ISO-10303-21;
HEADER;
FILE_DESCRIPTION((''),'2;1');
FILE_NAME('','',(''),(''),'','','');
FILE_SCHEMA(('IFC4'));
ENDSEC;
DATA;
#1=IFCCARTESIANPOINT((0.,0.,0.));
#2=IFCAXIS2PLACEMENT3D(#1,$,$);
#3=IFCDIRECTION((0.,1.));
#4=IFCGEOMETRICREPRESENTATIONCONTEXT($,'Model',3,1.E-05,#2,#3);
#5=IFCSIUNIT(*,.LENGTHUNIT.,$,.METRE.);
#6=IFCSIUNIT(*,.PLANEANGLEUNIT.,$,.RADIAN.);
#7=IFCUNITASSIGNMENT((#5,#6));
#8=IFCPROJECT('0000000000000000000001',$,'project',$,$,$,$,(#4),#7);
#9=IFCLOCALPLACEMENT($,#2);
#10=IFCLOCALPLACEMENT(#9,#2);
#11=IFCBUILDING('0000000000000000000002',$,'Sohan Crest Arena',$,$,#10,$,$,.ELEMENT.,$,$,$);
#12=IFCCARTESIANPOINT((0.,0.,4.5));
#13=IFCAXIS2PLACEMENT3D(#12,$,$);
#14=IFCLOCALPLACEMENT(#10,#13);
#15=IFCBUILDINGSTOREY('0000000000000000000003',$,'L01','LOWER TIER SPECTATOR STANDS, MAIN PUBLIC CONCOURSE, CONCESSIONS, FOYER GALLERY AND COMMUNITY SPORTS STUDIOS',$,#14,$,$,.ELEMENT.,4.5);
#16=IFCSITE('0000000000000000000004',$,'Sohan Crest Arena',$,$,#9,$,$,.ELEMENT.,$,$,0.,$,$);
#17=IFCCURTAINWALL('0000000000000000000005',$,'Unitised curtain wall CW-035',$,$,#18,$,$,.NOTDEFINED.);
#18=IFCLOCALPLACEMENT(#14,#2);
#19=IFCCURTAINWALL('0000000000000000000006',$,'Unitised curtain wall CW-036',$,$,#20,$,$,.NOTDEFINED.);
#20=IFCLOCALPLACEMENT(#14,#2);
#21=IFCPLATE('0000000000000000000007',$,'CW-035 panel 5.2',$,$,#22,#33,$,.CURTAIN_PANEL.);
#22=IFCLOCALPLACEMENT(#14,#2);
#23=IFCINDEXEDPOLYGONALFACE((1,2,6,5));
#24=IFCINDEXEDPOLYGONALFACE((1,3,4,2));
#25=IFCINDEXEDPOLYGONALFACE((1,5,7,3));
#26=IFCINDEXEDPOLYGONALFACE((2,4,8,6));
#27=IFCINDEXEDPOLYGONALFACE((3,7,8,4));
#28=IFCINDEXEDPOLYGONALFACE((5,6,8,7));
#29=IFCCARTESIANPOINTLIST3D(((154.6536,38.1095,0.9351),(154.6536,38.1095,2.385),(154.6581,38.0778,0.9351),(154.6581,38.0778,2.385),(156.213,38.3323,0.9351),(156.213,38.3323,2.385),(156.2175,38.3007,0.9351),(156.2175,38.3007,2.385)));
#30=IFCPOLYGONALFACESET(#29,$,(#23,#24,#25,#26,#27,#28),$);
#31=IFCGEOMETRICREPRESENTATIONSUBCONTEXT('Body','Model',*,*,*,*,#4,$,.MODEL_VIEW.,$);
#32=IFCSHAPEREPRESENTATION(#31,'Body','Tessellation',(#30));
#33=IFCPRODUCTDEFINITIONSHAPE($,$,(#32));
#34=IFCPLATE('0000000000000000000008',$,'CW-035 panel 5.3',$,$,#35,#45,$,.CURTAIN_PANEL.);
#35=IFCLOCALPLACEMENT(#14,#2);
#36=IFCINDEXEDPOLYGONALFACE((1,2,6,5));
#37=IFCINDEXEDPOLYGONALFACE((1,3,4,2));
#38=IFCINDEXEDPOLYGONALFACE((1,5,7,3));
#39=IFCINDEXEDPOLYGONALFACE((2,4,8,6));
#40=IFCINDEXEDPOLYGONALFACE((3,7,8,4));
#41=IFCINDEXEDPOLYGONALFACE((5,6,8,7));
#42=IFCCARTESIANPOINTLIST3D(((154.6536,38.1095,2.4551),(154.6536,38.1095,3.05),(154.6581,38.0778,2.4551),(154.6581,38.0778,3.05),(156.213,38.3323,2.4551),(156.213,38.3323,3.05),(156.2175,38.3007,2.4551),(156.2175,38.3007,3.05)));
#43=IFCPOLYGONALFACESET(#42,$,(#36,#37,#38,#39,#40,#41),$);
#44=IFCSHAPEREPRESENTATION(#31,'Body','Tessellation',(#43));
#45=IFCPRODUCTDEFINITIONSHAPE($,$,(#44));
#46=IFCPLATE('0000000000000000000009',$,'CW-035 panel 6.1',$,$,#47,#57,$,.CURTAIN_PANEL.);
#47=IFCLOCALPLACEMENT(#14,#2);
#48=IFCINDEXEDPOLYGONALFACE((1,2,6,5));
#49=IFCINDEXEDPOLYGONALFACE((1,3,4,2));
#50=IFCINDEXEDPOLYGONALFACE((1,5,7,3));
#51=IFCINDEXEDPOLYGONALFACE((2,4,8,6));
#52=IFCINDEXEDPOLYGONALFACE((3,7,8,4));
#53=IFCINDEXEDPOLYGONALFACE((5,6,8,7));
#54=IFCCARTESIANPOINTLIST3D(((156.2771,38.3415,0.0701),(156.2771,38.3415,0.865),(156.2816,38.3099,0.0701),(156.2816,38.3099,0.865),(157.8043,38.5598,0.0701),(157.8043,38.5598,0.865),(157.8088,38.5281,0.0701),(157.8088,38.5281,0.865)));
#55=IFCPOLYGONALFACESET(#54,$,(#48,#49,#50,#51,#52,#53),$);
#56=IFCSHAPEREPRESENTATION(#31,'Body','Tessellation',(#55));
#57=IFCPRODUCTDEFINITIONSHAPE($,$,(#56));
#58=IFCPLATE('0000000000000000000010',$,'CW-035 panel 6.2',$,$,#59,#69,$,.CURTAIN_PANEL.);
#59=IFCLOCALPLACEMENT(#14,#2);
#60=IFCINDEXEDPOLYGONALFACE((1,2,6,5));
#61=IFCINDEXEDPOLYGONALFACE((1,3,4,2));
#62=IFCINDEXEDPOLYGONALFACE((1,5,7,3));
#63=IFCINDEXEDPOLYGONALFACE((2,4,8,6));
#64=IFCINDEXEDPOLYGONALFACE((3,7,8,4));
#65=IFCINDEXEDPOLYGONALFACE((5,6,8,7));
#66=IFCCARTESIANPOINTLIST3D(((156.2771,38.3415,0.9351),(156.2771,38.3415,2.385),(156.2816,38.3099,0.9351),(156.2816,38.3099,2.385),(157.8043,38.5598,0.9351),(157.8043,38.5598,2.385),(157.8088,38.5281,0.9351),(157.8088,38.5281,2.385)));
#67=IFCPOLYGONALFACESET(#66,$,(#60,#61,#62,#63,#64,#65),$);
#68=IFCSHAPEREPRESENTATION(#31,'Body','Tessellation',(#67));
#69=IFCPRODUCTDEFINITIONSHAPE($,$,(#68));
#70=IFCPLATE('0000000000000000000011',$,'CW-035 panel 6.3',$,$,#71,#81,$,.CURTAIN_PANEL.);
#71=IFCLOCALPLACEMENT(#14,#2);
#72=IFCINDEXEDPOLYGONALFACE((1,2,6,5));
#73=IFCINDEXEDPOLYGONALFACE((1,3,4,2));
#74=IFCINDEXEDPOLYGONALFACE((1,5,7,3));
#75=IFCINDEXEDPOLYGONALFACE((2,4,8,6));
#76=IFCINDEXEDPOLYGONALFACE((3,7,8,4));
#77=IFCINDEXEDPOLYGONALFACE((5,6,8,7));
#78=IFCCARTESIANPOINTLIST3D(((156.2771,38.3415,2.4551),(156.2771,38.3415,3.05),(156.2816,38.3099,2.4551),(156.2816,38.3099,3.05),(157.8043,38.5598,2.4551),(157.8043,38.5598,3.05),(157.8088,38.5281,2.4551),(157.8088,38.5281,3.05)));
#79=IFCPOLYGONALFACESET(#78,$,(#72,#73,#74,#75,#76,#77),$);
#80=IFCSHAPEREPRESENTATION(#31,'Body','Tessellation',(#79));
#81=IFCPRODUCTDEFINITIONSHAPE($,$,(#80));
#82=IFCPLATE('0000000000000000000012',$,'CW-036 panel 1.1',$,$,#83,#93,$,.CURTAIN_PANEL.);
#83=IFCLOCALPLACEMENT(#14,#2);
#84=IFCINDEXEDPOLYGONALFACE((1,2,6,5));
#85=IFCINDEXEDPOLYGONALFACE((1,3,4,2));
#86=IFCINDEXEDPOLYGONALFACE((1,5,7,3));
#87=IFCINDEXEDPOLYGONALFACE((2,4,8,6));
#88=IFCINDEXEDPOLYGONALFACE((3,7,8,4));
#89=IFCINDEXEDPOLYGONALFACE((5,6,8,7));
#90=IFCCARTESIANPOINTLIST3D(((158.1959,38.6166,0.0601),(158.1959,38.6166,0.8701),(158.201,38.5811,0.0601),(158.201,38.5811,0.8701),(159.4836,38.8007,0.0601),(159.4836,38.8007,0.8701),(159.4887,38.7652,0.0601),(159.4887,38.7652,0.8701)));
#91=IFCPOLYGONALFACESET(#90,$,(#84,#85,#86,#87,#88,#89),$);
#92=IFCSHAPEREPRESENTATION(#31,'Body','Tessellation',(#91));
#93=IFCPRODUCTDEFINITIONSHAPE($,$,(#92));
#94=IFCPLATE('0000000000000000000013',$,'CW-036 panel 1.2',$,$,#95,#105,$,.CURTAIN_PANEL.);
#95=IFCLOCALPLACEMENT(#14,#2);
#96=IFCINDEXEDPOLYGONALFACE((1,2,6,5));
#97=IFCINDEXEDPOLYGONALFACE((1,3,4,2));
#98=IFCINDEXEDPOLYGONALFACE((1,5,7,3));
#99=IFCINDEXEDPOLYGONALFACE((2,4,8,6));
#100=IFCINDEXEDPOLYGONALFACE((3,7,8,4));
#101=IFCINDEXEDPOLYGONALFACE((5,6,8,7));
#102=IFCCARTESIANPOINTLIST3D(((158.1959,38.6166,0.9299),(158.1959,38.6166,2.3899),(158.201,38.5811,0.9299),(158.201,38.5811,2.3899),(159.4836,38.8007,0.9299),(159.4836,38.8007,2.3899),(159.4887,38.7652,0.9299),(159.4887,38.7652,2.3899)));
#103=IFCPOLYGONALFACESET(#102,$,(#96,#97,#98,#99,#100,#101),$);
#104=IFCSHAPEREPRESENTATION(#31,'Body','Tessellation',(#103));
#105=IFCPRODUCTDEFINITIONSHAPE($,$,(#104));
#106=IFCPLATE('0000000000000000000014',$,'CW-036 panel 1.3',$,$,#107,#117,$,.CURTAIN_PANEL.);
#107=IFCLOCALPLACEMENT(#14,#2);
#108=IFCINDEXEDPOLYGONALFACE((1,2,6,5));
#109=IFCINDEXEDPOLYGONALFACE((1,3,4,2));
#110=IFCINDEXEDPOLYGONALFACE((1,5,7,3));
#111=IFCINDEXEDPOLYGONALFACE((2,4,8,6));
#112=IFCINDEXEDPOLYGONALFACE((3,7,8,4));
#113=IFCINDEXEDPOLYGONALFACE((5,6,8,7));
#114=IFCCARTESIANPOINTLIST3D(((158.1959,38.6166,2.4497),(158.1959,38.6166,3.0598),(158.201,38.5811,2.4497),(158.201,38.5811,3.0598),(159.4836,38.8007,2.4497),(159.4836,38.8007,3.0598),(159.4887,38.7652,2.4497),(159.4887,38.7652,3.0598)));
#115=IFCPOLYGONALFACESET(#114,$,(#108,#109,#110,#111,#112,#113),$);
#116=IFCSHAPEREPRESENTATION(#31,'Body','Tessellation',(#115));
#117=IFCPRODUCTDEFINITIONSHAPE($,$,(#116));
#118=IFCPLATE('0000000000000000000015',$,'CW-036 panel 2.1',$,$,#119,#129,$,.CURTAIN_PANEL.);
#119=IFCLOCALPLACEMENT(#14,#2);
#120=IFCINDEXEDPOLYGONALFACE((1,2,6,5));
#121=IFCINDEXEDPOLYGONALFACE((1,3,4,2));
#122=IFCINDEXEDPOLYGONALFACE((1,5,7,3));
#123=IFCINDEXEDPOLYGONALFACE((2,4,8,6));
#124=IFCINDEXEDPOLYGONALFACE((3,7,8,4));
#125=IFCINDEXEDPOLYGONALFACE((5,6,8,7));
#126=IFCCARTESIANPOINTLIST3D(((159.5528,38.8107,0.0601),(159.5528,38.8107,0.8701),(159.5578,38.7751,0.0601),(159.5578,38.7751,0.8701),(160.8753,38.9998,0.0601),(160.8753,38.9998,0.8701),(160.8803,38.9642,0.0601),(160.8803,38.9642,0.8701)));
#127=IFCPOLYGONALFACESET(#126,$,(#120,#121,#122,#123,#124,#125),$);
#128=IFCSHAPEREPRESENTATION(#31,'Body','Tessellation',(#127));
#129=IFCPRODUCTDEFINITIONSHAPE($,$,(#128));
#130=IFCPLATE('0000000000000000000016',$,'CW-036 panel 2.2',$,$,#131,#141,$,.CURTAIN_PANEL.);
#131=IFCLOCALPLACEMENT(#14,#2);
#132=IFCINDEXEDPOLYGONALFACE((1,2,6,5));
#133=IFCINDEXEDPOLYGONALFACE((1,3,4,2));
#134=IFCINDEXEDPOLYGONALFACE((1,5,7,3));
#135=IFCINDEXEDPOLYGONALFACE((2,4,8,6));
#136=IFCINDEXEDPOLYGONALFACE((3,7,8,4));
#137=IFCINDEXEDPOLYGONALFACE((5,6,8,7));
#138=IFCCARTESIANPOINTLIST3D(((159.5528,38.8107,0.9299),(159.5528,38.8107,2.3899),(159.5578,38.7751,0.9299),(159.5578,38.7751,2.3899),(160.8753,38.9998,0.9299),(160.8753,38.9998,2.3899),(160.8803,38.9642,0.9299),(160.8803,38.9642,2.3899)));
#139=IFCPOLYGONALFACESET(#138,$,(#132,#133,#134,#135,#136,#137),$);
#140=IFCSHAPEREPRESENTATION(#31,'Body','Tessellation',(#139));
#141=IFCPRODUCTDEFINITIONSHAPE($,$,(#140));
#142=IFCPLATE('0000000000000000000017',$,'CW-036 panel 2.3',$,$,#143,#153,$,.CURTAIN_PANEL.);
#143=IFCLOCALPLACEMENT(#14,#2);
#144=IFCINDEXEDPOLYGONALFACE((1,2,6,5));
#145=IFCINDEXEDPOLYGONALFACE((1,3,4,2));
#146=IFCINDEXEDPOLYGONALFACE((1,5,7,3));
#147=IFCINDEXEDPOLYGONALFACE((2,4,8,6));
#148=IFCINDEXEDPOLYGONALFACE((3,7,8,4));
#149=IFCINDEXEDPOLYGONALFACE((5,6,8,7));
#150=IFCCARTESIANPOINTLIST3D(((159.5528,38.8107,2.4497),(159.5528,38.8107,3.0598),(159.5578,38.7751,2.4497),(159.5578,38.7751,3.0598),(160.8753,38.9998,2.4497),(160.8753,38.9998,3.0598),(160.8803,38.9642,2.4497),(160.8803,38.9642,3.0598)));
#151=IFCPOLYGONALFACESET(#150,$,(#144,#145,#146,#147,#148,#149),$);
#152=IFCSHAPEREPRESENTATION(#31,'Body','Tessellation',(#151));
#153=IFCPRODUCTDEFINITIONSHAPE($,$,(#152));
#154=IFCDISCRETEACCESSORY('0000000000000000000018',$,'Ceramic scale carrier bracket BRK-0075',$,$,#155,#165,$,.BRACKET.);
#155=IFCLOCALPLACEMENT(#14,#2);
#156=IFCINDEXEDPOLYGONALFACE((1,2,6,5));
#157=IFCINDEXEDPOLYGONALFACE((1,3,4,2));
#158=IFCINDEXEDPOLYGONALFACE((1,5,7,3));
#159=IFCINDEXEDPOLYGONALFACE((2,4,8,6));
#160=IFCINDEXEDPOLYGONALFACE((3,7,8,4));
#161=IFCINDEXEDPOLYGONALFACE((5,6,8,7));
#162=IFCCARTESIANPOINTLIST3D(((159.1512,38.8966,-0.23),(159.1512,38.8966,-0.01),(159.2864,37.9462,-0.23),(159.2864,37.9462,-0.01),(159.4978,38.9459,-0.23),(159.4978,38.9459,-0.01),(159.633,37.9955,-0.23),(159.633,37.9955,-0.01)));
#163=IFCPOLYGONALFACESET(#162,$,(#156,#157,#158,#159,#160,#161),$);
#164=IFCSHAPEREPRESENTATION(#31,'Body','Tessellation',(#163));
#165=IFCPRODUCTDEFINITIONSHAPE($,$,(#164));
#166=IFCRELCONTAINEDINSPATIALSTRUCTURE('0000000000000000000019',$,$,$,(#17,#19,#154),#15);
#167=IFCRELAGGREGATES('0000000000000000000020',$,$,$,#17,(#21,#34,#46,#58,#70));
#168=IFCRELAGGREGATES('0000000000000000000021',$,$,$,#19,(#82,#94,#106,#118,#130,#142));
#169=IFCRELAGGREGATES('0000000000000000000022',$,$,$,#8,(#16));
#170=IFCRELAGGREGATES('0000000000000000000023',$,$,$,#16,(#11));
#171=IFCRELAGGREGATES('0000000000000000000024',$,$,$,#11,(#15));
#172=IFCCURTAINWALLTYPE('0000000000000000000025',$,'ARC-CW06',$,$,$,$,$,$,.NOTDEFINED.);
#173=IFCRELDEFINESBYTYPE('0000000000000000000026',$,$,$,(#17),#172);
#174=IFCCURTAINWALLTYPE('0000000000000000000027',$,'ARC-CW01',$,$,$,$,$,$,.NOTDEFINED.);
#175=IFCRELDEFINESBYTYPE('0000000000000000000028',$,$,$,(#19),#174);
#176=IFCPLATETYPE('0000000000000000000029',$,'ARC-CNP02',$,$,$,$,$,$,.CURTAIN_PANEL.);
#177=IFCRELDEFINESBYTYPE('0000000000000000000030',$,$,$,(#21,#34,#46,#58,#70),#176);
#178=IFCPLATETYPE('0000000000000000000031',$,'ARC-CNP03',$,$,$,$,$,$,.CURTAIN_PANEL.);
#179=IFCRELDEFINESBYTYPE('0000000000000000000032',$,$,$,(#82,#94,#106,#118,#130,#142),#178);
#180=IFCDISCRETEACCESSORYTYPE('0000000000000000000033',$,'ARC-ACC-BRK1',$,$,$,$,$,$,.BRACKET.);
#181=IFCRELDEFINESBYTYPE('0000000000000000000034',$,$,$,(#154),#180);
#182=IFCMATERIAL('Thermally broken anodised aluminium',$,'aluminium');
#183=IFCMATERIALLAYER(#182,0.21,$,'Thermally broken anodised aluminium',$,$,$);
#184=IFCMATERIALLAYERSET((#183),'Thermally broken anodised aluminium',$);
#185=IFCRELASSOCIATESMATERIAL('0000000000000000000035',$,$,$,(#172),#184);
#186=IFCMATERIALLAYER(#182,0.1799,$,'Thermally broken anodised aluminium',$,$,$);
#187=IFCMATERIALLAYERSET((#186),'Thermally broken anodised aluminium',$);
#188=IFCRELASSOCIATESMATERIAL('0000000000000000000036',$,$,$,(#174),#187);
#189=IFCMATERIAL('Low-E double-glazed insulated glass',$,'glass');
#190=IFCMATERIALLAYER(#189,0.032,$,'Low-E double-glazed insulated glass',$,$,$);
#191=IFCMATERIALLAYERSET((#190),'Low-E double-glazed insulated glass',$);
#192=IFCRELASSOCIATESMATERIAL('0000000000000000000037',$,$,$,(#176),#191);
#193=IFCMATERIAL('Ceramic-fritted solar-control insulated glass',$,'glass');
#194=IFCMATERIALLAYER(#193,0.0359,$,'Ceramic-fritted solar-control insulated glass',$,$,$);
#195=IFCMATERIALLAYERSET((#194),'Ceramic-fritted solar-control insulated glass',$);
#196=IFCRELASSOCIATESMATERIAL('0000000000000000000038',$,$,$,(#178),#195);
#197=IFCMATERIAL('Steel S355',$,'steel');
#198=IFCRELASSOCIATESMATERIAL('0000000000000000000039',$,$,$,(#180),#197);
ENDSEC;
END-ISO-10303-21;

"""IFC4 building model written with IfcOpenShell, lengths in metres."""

from ifc_helpers import new_model, si_unit, direction, frame, origin, origin_2d, place, context, subcontext, project, spatial, rectangle, extrude, material, layer, layer_set, type_object, element, aggregate, save


model = new_model("IFC4")

# Units and contexts
model_context = context("Model", 3, precision=1e-05, world=origin(), true_north=direction((0.0, 1.0)))
body_context = subcontext(model_context, "Body", "Model", "MODEL_VIEW")
ifc_project = project(units=[si_unit("LENGTHUNIT", "METRE"), si_unit("PLANEANGLEUNIT", "RADIAN")], contexts=[model_context])

# Site, building, storey
site_placement = place(None, origin())
site = spatial("IfcSite", under=ifc_project, at=site_placement, Name="Sohan Crest Arena", CompositionType="ELEMENT", RefElevation=0.0)
building_placement = place(site_placement, origin())
building = spatial("IfcBuilding", under=site, at=building_placement, Name="Sohan Crest Arena", CompositionType="ELEMENT")
storey_placement = place(building_placement, frame((0.0, 0.0, 4.5)))
storey = spatial("IfcBuildingStorey", under=building, at=storey_placement, Name="L01", Description="LOWER TIER SPECTATOR STANDS, MAIN PUBLIC CONCOURSE, CONCESSIONS, FOYER GALLERY AND COMMUNITY SPORTS STUDIOS", CompositionType="ELEMENT", Elevation=4.5)

# Shared definitions
ifc_material_1 = material(Name="Steel S355", Category="steel")

# Curtain walls
ifc_material_2 = material(Name="Thermally broken anodised aluminium", Category="aluminium")
ifc_layer_1 = layer(ifc_material_2, 0.21, Name="Thermally broken anodised aluminium")
ifc_layer_set_1 = layer_set([ifc_layer_1], Name="Thermally broken anodised aluminium")
curtain_wall_type_1 = type_object("IfcCurtainWallType", Name="ARC-CW06", PredefinedType="NOTDEFINED", material=ifc_layer_set_1)
curtain_wall_1_placement = place(storey_placement, origin())
curtain_wall_1 = element("IfcCurtainWall", 1, at=curtain_wall_1_placement, inside=storey, type_object=curtain_wall_type_1, Name="Unitised curtain wall CW-035", PredefinedType="NOTDEFINED")
ifc_layer_2 = layer(ifc_material_2, 0.1799, Name="Thermally broken anodised aluminium")
ifc_layer_set_2 = layer_set([ifc_layer_2], Name="Thermally broken anodised aluminium")
curtain_wall_type_2 = type_object("IfcCurtainWallType", Name="ARC-CW01", PredefinedType="NOTDEFINED", material=ifc_layer_set_2)
curtain_wall_2_placement = place(storey_placement, origin())
curtain_wall_2 = element("IfcCurtainWall", 2, at=curtain_wall_2_placement, inside=storey, type_object=curtain_wall_type_2, Name="Unitised curtain wall CW-036", PredefinedType="NOTDEFINED")

# Plates
ifc_material_3 = material(Name="Low-E double-glazed insulated glass", Category="glass")
ifc_layer_3 = layer(ifc_material_3, 0.032, Name="Low-E double-glazed insulated glass")
ifc_layer_set_3 = layer_set([ifc_layer_3], Name="Low-E double-glazed insulated glass")
plate_type_1 = type_object("IfcPlateType", Name="ARC-CNP02", PredefinedType="CURTAIN_PANEL", material=ifc_layer_set_3)
plate_1_placement = place(storey_placement, frame((155.4355, 38.2051, 0.9351), z_axis=(0.0, 0.0, 1.0), x_axis=(0.989945, 0.14145, 0.0)))
plate_1 = element("IfcPlate", 3, at=plate_1_placement, type_object=plate_type_1, Name="CW-035 panel 5.2", PredefinedType="CURTAIN_PANEL", context=body_context, shape_type="SweptSolid", body=[
    extrude(rectangle(XDim=1.5752, YDim=0.032, at=origin_2d()), origin(), (0.0, 0.0, 1.0), 1.45),
])
plate_2_placement = place(storey_placement, frame((155.4355, 38.2051, 2.4551), z_axis=(0.0, 0.0, 1.0), x_axis=(0.989945, 0.14145, 0.0)))
plate_2 = element("IfcPlate", 4, at=plate_2_placement, type_object=plate_type_1, Name="CW-035 panel 5.3", PredefinedType="CURTAIN_PANEL", context=body_context, shape_type="SweptSolid", body=[
    extrude(rectangle(XDim=1.5752, YDim=0.032, at=origin_2d()), origin(), (0.0, 0.0, 1.0), 0.595),
])
plate_3_placement = place(storey_placement, frame((157.043, 38.4348, 0.0701), z_axis=(0.0, 0.0, 1.0), x_axis=(0.989945, 0.14145, 0.0)))
plate_3 = element("IfcPlate", 5, at=plate_3_placement, type_object=plate_type_1, Name="CW-035 panel 6.1", PredefinedType="CURTAIN_PANEL", context=body_context, shape_type="SweptSolid", body=[
    extrude(rectangle(XDim=1.5427, YDim=0.032, at=origin_2d()), origin(), (0.0, 0.0, 1.0), 0.7949),
])
plate_4_placement = place(storey_placement, frame((157.043, 38.4348, 0.9351), z_axis=(0.0, 0.0, 1.0), x_axis=(0.989945, 0.14145, 0.0)))
plate_4 = element("IfcPlate", 6, at=plate_4_placement, type_object=plate_type_1, Name="CW-035 panel 6.2", PredefinedType="CURTAIN_PANEL", context=body_context, shape_type="SweptSolid", body=[
    extrude(rectangle(XDim=1.5427, YDim=0.032, at=origin_2d()), origin(), (0.0, 0.0, 1.0), 1.45),
])
plate_5_placement = place(storey_placement, frame((157.043, 38.4348, 2.4551), z_axis=(0.0, 0.0, 1.0), x_axis=(0.989945, 0.14145, 0.0)))
plate_5 = element("IfcPlate", 7, at=plate_5_placement, type_object=plate_type_1, Name="CW-035 panel 6.3", PredefinedType="CURTAIN_PANEL", context=body_context, shape_type="SweptSolid", body=[
    extrude(rectangle(XDim=1.5427, YDim=0.032, at=origin_2d()), origin(), (0.0, 0.0, 1.0), 0.595),
])
aggregate(curtain_wall_1, [plate_1, plate_2, plate_3, plate_4, plate_5])
ifc_material_4 = material(Name="Ceramic-fritted solar-control insulated glass", Category="glass")
ifc_layer_4 = layer(ifc_material_4, 0.0359, Name="Ceramic-fritted solar-control insulated glass")
ifc_layer_set_4 = layer_set([ifc_layer_4], Name="Ceramic-fritted solar-control insulated glass")
plate_type_2 = type_object("IfcPlateType", Name="ARC-CNP03", PredefinedType="CURTAIN_PANEL", material=ifc_layer_set_4)
plate_6_placement = place(storey_placement, frame((158.8423, 38.6909, 0.0601), z_axis=(0.0, 0.0, 1.0), x_axis=(0.989931, 0.141549, 0.0)))
plate_6 = element("IfcPlate", 8, at=plate_6_placement, type_object=plate_type_2, Name="CW-036 panel 1.1", PredefinedType="CURTAIN_PANEL", context=body_context, shape_type="SweptSolid", body=[
    extrude(rectangle(XDim=1.3008, YDim=0.0359, at=origin_2d()), origin(), (0.0, 0.0, 1.0), 0.8101),
])
plate_7_placement = place(storey_placement, frame((158.8423, 38.6909, 0.9299), z_axis=(0.0, 0.0, 1.0), x_axis=(0.989931, 0.141549, 0.0)))
plate_7 = element("IfcPlate", 9, at=plate_7_placement, type_object=plate_type_2, Name="CW-036 panel 1.2", PredefinedType="CURTAIN_PANEL", context=body_context, shape_type="SweptSolid", body=[
    extrude(rectangle(XDim=1.3008, YDim=0.0359, at=origin_2d()), origin(), (0.0, 0.0, 1.0), 1.46),
])
plate_8_placement = place(storey_placement, frame((158.8423, 38.6909, 2.4497), z_axis=(0.0, 0.0, 1.0), x_axis=(0.989931, 0.141549, 0.0)))
plate_8 = element("IfcPlate", 10, at=plate_8_placement, type_object=plate_type_2, Name="CW-036 panel 1.3", PredefinedType="CURTAIN_PANEL", context=body_context, shape_type="SweptSolid", body=[
    extrude(rectangle(XDim=1.3008, YDim=0.0359, at=origin_2d()), origin(), (0.0, 0.0, 1.0), 0.6101),
])
plate_9_placement = place(storey_placement, frame((160.2166, 38.8875, 0.0601), z_axis=(0.0, 0.0, 1.0), x_axis=(0.989931, 0.141549, 0.0)))
plate_9 = element("IfcPlate", 11, at=plate_9_placement, type_object=plate_type_2, Name="CW-036 panel 2.1", PredefinedType="CURTAIN_PANEL", context=body_context, shape_type="SweptSolid", body=[
    extrude(rectangle(XDim=1.3359, YDim=0.0359, at=origin_2d()), origin(), (0.0, 0.0, 1.0), 0.8101),
])
plate_10_placement = place(storey_placement, frame((160.2166, 38.8875, 0.9299), z_axis=(0.0, 0.0, 1.0), x_axis=(0.989931, 0.141549, 0.0)))
plate_10 = element("IfcPlate", 12, at=plate_10_placement, type_object=plate_type_2, Name="CW-036 panel 2.2", PredefinedType="CURTAIN_PANEL", context=body_context, shape_type="SweptSolid", body=[
    extrude(rectangle(XDim=1.3359, YDim=0.0359, at=origin_2d()), origin(), (0.0, 0.0, 1.0), 1.46),
])
plate_11_placement = place(storey_placement, frame((160.2166, 38.8875, 2.4497), z_axis=(0.0, 0.0, 1.0), x_axis=(0.989931, 0.141549, 0.0)))
plate_11 = element("IfcPlate", 13, at=plate_11_placement, type_object=plate_type_2, Name="CW-036 panel 2.3", PredefinedType="CURTAIN_PANEL", context=body_context, shape_type="SweptSolid", body=[
    extrude(rectangle(XDim=1.3359, YDim=0.0359, at=origin_2d()), origin(), (0.0, 0.0, 1.0), 0.6101),
])
aggregate(curtain_wall_2, [plate_6, plate_7, plate_8, plate_9, plate_10, plate_11])

# Discrete accessory
discrete_accessory_type = type_object("IfcDiscreteAccessoryType", Name="ARC-ACC-BRK1", PredefinedType="BRACKET", material=ifc_material_1)
discrete_accessory_placement = place(storey_placement, frame((159.3921, 38.446, -0.23), z_axis=(0.0, 0.0, 1.0), x_axis=(0.990024, 0.140901, 0.0)))
element("IfcDiscreteAccessory", 14, at=discrete_accessory_placement, inside=storey, type_object=discrete_accessory_type, Name="Ceramic scale carrier bracket BRK-0075", PredefinedType="BRACKET", context=body_context, shape_type="SweptSolid", body=[
    extrude(rectangle(XDim=0.3501, YDim=0.96, at=origin_2d()), origin(), (0.0, 0.0, 1.0), 0.22),
])

save(model, "model.ifc")
